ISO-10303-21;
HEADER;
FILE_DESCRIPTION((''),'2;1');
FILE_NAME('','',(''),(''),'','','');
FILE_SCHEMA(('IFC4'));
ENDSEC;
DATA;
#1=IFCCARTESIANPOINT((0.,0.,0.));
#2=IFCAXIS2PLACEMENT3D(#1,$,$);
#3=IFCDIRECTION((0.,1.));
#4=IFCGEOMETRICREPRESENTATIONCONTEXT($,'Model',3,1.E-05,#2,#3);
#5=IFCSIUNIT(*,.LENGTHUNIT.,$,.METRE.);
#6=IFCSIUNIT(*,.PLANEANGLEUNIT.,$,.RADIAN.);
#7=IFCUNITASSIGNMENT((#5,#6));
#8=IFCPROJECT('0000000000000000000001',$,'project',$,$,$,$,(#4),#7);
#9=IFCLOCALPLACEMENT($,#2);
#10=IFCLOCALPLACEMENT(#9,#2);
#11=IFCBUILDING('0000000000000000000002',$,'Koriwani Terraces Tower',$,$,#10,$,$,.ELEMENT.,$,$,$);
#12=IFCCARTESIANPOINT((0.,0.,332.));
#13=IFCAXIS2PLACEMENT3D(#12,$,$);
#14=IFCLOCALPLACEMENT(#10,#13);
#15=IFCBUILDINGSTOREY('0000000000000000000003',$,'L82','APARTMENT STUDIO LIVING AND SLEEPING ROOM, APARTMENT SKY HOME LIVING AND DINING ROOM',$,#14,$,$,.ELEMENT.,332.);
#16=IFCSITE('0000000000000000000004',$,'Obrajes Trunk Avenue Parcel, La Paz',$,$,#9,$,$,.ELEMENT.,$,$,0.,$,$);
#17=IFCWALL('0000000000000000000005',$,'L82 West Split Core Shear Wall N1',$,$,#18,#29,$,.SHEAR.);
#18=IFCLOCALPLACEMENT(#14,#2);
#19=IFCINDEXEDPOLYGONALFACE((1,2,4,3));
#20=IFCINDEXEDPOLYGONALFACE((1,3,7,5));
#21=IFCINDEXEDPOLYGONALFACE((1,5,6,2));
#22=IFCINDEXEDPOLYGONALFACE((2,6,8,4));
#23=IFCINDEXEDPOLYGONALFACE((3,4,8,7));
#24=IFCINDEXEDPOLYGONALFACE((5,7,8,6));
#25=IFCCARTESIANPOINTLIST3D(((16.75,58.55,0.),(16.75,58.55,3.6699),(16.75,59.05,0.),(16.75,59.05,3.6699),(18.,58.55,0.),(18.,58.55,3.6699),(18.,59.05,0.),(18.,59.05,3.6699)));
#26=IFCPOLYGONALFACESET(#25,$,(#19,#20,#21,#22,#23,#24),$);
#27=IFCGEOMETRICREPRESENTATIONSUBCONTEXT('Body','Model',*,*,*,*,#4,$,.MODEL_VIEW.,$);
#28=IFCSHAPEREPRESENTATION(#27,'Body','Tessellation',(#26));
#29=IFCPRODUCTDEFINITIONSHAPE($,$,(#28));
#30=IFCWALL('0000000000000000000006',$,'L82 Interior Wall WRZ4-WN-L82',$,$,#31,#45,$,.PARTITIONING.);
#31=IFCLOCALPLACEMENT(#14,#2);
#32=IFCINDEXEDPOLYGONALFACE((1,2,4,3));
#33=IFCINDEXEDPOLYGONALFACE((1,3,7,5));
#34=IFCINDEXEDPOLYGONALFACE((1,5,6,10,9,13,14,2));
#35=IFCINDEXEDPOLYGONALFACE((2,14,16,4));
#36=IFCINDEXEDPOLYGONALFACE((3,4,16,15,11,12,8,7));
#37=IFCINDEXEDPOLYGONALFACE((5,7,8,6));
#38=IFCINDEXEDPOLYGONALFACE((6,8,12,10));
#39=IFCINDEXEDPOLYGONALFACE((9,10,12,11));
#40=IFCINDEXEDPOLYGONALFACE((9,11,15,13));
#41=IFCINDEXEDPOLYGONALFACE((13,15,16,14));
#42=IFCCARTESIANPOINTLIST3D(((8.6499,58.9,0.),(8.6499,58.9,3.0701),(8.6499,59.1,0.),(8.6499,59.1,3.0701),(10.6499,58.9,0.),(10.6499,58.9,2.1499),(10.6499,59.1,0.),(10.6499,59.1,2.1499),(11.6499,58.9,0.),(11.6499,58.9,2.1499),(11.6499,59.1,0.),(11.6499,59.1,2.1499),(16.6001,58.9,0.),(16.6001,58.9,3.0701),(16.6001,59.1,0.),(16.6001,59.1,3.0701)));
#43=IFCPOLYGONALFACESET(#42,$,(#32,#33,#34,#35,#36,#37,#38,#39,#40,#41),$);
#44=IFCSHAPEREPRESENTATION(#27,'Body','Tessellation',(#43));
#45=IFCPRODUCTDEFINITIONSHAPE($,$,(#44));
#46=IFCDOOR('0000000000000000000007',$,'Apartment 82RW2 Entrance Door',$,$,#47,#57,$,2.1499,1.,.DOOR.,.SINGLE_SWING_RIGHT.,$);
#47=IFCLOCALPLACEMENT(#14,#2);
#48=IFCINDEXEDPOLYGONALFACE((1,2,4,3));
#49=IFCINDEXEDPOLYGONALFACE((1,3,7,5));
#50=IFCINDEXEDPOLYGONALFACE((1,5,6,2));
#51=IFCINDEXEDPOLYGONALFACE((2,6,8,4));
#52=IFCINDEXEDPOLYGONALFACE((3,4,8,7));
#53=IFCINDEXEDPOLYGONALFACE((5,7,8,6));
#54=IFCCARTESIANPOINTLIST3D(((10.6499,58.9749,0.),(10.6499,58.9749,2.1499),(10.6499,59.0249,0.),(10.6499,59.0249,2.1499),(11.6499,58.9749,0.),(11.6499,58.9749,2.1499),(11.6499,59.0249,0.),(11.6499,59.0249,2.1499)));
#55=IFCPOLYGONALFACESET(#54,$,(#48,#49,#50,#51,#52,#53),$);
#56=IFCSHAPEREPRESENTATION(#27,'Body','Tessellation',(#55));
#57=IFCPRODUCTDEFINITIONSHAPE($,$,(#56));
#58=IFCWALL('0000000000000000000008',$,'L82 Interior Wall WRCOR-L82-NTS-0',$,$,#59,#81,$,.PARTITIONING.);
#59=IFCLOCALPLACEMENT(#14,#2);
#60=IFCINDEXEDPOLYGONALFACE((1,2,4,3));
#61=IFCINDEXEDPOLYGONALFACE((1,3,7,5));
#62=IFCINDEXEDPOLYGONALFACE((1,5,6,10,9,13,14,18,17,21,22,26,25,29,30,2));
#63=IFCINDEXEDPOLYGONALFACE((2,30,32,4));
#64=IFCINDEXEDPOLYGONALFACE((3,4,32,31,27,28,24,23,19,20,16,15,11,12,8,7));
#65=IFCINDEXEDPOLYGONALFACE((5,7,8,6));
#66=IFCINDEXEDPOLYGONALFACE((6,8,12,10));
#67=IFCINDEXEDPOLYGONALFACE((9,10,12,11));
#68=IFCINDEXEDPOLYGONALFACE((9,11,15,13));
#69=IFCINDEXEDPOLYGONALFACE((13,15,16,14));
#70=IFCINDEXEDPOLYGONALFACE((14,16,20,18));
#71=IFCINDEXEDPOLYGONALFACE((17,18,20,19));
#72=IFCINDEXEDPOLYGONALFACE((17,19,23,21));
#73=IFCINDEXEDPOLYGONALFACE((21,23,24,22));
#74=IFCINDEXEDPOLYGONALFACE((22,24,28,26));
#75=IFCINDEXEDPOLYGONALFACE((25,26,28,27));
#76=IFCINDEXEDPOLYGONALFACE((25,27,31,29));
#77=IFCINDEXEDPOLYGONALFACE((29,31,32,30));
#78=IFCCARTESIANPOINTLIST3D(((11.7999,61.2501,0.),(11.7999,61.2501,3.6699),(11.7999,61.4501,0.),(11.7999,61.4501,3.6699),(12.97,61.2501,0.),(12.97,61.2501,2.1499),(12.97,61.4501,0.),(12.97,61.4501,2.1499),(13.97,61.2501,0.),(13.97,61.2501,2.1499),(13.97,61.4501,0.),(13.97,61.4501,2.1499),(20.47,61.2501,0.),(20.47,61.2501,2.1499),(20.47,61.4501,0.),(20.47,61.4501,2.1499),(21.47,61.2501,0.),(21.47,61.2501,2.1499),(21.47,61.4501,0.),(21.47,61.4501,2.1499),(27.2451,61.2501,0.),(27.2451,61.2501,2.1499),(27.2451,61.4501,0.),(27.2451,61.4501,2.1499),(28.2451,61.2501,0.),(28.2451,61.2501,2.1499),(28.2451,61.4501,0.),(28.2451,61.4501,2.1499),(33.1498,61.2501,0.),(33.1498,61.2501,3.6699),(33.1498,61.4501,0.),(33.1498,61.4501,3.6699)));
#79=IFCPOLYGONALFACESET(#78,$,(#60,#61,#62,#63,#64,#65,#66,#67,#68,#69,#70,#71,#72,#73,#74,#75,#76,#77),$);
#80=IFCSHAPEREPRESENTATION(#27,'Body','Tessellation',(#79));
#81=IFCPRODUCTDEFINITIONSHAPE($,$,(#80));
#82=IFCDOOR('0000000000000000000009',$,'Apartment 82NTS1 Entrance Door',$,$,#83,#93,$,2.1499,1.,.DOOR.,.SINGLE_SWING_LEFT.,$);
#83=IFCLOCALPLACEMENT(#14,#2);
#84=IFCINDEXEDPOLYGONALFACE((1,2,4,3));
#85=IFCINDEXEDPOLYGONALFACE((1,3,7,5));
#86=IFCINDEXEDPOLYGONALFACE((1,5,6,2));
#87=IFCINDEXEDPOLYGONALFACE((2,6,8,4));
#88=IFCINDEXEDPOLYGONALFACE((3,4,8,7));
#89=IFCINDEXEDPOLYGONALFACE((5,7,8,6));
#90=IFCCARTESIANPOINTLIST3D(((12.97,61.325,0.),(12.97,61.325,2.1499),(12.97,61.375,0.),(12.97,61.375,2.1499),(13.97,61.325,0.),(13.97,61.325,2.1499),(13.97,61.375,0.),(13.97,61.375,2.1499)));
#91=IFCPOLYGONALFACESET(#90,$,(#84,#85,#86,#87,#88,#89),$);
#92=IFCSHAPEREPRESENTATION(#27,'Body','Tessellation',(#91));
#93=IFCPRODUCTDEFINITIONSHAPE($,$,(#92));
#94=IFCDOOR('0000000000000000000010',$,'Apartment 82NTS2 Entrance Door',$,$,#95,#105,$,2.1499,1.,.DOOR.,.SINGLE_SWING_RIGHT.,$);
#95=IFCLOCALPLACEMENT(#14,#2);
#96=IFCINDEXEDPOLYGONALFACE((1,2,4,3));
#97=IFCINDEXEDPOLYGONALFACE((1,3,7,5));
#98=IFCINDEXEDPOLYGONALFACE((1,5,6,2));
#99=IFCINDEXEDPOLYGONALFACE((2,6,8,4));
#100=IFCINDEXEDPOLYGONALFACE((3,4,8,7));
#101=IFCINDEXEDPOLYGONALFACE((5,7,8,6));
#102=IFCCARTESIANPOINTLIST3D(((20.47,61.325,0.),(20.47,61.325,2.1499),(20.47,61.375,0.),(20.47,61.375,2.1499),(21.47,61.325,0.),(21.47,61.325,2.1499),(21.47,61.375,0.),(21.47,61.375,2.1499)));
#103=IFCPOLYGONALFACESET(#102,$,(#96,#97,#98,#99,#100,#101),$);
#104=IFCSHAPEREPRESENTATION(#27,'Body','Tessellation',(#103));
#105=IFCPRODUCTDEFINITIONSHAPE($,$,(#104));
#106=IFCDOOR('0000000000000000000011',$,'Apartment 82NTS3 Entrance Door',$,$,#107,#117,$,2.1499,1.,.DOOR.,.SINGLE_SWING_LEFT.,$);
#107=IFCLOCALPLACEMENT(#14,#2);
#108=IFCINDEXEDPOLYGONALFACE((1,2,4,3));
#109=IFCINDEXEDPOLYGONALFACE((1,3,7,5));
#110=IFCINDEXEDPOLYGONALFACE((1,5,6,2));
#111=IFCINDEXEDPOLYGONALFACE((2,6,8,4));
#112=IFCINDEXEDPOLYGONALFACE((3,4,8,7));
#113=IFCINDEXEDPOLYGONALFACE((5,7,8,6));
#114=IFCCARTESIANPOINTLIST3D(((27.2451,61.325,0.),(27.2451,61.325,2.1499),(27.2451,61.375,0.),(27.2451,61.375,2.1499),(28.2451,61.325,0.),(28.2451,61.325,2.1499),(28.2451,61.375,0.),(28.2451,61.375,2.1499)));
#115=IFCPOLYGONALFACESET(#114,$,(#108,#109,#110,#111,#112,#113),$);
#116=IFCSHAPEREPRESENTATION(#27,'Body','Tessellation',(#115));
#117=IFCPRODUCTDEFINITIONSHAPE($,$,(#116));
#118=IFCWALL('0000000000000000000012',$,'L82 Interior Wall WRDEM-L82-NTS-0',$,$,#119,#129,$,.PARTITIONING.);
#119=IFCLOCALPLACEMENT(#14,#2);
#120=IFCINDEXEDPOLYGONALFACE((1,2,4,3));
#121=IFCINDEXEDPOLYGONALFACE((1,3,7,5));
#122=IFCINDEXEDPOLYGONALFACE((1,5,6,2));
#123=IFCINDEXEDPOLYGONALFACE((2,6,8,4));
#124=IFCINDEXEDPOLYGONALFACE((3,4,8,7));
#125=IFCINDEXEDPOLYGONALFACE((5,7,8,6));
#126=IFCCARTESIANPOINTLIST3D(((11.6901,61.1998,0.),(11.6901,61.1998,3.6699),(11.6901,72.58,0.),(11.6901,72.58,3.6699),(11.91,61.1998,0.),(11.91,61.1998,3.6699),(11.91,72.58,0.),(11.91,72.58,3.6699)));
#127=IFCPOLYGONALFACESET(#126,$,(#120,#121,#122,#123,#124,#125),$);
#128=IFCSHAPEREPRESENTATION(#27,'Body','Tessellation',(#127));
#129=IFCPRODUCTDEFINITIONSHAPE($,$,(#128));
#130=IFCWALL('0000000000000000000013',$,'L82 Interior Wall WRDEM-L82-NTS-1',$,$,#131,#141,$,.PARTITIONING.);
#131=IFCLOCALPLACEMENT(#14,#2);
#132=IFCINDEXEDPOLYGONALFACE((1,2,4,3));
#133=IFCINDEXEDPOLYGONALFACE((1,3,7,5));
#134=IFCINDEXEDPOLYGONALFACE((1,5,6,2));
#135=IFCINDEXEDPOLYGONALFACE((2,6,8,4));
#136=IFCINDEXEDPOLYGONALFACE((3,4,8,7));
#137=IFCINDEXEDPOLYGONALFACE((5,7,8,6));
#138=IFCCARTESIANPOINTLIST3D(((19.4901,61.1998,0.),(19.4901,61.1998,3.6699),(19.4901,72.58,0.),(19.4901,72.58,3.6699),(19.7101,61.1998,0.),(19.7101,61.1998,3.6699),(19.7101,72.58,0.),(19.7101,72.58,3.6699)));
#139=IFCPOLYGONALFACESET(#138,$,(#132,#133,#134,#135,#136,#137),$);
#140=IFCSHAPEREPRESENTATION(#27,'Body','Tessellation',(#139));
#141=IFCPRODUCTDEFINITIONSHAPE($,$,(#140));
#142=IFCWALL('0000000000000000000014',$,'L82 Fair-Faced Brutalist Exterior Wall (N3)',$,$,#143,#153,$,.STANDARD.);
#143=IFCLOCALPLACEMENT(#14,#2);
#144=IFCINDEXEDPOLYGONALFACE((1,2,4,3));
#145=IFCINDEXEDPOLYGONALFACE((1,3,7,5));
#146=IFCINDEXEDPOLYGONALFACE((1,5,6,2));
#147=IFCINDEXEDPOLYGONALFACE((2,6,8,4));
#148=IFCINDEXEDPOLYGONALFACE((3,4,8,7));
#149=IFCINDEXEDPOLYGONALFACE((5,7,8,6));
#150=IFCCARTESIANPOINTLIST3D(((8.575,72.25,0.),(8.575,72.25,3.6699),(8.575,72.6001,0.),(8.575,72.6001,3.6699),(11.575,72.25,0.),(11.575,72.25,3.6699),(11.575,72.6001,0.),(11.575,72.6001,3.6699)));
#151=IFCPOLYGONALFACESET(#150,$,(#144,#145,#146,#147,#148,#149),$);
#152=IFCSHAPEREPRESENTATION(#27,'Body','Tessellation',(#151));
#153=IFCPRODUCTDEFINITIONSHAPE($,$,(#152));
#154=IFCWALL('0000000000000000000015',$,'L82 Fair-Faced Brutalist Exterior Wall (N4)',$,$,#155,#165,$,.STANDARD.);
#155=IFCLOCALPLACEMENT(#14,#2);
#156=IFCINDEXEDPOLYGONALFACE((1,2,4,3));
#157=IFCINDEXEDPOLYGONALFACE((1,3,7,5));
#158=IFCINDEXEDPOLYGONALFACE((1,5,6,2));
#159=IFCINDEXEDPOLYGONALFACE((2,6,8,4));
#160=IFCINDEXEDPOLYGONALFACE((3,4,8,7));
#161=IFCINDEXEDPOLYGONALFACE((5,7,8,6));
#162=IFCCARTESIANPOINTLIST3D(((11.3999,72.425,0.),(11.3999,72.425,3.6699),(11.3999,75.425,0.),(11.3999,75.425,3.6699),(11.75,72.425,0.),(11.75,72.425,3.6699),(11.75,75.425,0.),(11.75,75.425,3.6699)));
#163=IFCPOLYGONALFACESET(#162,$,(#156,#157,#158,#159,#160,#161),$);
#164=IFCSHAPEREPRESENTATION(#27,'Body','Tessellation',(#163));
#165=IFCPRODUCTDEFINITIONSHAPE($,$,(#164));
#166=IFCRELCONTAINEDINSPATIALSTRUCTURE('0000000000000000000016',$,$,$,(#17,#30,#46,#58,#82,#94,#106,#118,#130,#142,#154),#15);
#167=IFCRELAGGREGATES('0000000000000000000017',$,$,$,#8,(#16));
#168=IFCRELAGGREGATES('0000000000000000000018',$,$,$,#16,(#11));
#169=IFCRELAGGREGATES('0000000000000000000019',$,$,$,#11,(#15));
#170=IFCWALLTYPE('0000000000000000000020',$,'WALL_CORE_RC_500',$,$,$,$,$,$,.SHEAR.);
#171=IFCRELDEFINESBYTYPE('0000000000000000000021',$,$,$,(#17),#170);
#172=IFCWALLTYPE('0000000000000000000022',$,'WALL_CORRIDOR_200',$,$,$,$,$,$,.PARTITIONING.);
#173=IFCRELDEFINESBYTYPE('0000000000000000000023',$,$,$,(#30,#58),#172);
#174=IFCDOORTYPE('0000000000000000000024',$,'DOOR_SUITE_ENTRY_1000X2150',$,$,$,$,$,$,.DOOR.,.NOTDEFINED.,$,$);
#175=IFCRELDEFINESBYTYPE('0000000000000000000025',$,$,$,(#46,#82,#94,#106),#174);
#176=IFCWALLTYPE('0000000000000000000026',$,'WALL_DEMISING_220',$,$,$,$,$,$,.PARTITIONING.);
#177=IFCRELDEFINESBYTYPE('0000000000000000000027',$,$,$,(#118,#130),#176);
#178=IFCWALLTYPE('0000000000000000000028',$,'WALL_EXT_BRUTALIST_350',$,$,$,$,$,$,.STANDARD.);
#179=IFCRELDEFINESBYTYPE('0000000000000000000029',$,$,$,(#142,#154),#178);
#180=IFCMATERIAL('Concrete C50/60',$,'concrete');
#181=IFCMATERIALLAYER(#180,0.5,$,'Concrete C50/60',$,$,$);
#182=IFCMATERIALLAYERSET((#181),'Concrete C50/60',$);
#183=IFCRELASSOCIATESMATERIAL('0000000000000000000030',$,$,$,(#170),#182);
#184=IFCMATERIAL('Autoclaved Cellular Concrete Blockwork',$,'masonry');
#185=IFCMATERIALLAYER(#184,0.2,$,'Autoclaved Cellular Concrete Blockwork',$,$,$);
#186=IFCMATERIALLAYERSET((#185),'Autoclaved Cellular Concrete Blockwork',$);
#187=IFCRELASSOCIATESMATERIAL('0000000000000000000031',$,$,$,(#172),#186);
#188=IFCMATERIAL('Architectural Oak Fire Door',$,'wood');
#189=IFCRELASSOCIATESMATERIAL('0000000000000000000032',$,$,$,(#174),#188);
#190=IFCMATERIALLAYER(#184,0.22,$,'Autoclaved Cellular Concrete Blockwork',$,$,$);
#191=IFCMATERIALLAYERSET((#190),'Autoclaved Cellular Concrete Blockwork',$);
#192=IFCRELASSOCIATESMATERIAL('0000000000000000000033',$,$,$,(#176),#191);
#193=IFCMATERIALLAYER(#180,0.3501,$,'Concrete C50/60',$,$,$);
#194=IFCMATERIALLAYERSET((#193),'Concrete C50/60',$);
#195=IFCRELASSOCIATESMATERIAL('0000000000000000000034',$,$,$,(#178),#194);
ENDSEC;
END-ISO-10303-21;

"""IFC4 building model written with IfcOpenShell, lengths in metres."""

from ifc_helpers import new_model, si_unit, direction, frame, frame_2d, origin, place, context, subcontext, project, spatial, rectangle, extrude, material, layer, layer_set, type_object, element, fill, save


model = new_model("IFC4")

# Units and contexts
model_context = context("Model", 3, precision=1e-05, world=origin(), true_north=direction((0.0, 1.0)))
body_context = subcontext(model_context, "Body", "Model", "MODEL_VIEW")
ifc_project = project(units=[si_unit("LENGTHUNIT", "METRE"), si_unit("PLANEANGLEUNIT", "RADIAN")], contexts=[model_context])

# Site, building, storey
site_placement = place(None, origin())
site = spatial("IfcSite", under=ifc_project, at=site_placement, Name="Obrajes Trunk Avenue Parcel, La Paz", CompositionType="ELEMENT", RefElevation=0.0)
building_placement = place(site_placement, origin())
building = spatial("IfcBuilding", under=site, at=building_placement, Name="Koriwani Terraces Tower", CompositionType="ELEMENT")
storey_placement = place(building_placement, frame((0.0, 0.0, 332.0)))
storey = spatial("IfcBuildingStorey", under=building, at=storey_placement, Name="L82", Description="APARTMENT STUDIO LIVING AND SLEEPING ROOM, APARTMENT SKY HOME LIVING AND DINING ROOM", CompositionType="ELEMENT", Elevation=332.0)

# Shared definitions
ifc_material_1 = material(Name="Concrete C50/60", Category="concrete")

# Wall
ifc_layer_1 = layer(ifc_material_1, 0.5, Name="Concrete C50/60")
ifc_layer_set_1 = layer_set([ifc_layer_1], Name="Concrete C50/60")
wall_type_1 = type_object("IfcWallType", Name="WALL_CORE_RC_500", PredefinedType="SHEAR", material=ifc_layer_set_1)
wall_1_placement = place(storey_placement, frame((16.75, 58.8, 0.0), z_axis=(0.0, 0.0, 1.0), x_axis=(1.0, 0.0, 0.0)))
element("IfcWall", 1, at=wall_1_placement, inside=storey, type_object=wall_type_1, Name="L82 West Split Core Shear Wall N1", PredefinedType="SHEAR", context=body_context, shape_type="SweptSolid", body=[
    extrude(rectangle(XDim=1.25, YDim=0.5, at=frame_2d((0.625, 0.0))), origin(), (0.0, 0.0, 1.0), 3.6699),
])

# Wall, opening, door
ifc_material_2 = material(Name="Autoclaved Cellular Concrete Blockwork", Category="masonry")
ifc_layer_2 = layer(ifc_material_2, 0.2, Name="Autoclaved Cellular Concrete Blockwork")
ifc_layer_set_2 = layer_set([ifc_layer_2], Name="Autoclaved Cellular Concrete Blockwork")
wall_type_2 = type_object("IfcWallType", Name="WALL_CORRIDOR_200", PredefinedType="PARTITIONING", material=ifc_layer_set_2)
wall_2_placement = place(storey_placement, frame((8.6499, 59.0, 0.0), z_axis=(0.0, 0.0, 1.0), x_axis=(1.0, 0.0, 0.0)))
wall_2 = element("IfcWall", 2, at=wall_2_placement, inside=storey, type_object=wall_type_2, Name="L82 Interior Wall WRZ4-WN-L82", PredefinedType="PARTITIONING", context=body_context, shape_type="SweptSolid", body=[
    extrude(rectangle(XDim=7.9502, YDim=0.2, at=frame_2d((3.9751, 0.0))), origin(), (0.0, 0.0, 1.0), 3.0701),
])
opening_1_placement = place(wall_2_placement, frame((2.0, 0.0, 0.0)))
opening_1 = element("IfcOpeningElement", 3, at=opening_1_placement, cuts=wall_2, PredefinedType="OPENING", context=body_context, shape_type="SweptSolid", body=[
    extrude(rectangle(XDim=1.0, YDim=2.1499, at=frame_2d((0.5, 1.075))), frame((0.0, 0.1099, 0.0), z_axis=(0.0, -1.0, 0.0), x_axis=(1.0, 0.0, 0.0)), (0.0, 0.0, 1.0), 0.22),
])
ifc_material_3 = material(Name="Architectural Oak Fire Door", Category="wood")
door_type_1 = type_object("IfcDoorType", Name="DOOR_SUITE_ENTRY_1000X2150", OperationType="NOTDEFINED", PredefinedType="DOOR", material=ifc_material_3)
door_1_placement = place(opening_1_placement, origin())
door_1 = element("IfcDoor", 4, at=door_1_placement, inside=storey, type_object=door_type_1, Name="Apartment 82RW2 Entrance Door", OperationType="SINGLE_SWING_RIGHT", OverallHeight=2.1499, OverallWidth=1.0, PredefinedType="DOOR", context=body_context, shape_type="SweptSolid", body=[
    extrude(rectangle(XDim=1.0, YDim=2.1499, at=frame_2d((0.5, 1.075))), frame((0.0, 0.0249, 0.0), z_axis=(0.0, -1.0, 0.0), x_axis=(1.0, 0.0, 0.0)), (0.0, 0.0, 1.0), 0.05),
])
fill(opening_1, door_1)

# Wall, openings, doors
wall_3_placement = place(storey_placement, frame((11.8, 61.3501, 0.0), z_axis=(0.0, 0.0, 1.0), x_axis=(1.0, 0.0, 0.0)))
wall_3 = element("IfcWall", 5, at=wall_3_placement, inside=storey, type_object=wall_type_2, Name="L82 Interior Wall WRCOR-L82-NTS-0", PredefinedType="PARTITIONING", context=body_context, shape_type="SweptSolid", body=[
    extrude(rectangle(XDim=21.3499, YDim=0.2, at=frame_2d((10.6748, 0.0))), origin(), (0.0, 0.0, 1.0), 3.6699),
])
opening_2_placement = place(wall_3_placement, frame((1.1699, 0.0, 0.0)))
opening_2 = element("IfcOpeningElement", 6, at=opening_2_placement, cuts=wall_3, PredefinedType="OPENING", context=body_context, shape_type="SweptSolid", body=[
    extrude(rectangle(XDim=1.0, YDim=2.1499, at=frame_2d((0.5, 1.075))), frame((0.0, 0.1099, 0.0), z_axis=(0.0, -1.0, 0.0), x_axis=(1.0, 0.0, 0.0)), (0.0, 0.0, 1.0), 0.22),
])
opening_3_placement = place(wall_3_placement, frame((8.6699, 0.0, 0.0)))
opening_3 = element("IfcOpeningElement", 7, at=opening_3_placement, cuts=wall_3, PredefinedType="OPENING", context=body_context, shape_type="SweptSolid", body=[
    extrude(rectangle(XDim=1.0, YDim=2.1499, at=frame_2d((0.5, 1.075))), frame((0.0, 0.1099, 0.0), z_axis=(0.0, -1.0, 0.0), x_axis=(1.0, 0.0, 0.0)), (0.0, 0.0, 1.0), 0.22),
])
opening_4_placement = place(wall_3_placement, frame((15.4451, 0.0, 0.0)))
opening_4 = element("IfcOpeningElement", 8, at=opening_4_placement, cuts=wall_3, PredefinedType="OPENING", context=body_context, shape_type="SweptSolid", body=[
    extrude(rectangle(XDim=1.0, YDim=2.1499, at=frame_2d((0.5, 1.075))), frame((0.0, 0.1099, 0.0), z_axis=(0.0, -1.0, 0.0), x_axis=(1.0, 0.0, 0.0)), (0.0, 0.0, 1.0), 0.22),
])
door_2_placement = place(opening_2_placement, origin())
door_2 = element("IfcDoor", 9, at=door_2_placement, inside=storey, type_object=door_type_1, Name="Apartment 82NTS1 Entrance Door", OperationType="SINGLE_SWING_LEFT", OverallHeight=2.1499, OverallWidth=1.0, PredefinedType="DOOR", context=body_context, shape_type="SweptSolid", body=[
    extrude(rectangle(XDim=1.0, YDim=2.1499, at=frame_2d((0.5, 1.075))), frame((0.0, 0.0249, 0.0), z_axis=(0.0, -1.0, 0.0), x_axis=(1.0, 0.0, 0.0)), (0.0, 0.0, 1.0), 0.05),
])
fill(opening_2, door_2)
door_3_placement = place(opening_3_placement, origin())
door_3 = element("IfcDoor", 10, at=door_3_placement, inside=storey, type_object=door_type_1, Name="Apartment 82NTS2 Entrance Door", OperationType="SINGLE_SWING_RIGHT", OverallHeight=2.1499, OverallWidth=1.0, PredefinedType="DOOR", context=body_context, shape_type="SweptSolid", body=[
    extrude(rectangle(XDim=1.0, YDim=2.1499, at=frame_2d((0.5, 1.075))), frame((0.0, 0.0249, 0.0), z_axis=(0.0, -1.0, 0.0), x_axis=(1.0, 0.0, 0.0)), (0.0, 0.0, 1.0), 0.05),
])
fill(opening_3, door_3)
door_4_placement = place(opening_4_placement, origin())
door_4 = element("IfcDoor", 11, at=door_4_placement, inside=storey, type_object=door_type_1, Name="Apartment 82NTS3 Entrance Door", OperationType="SINGLE_SWING_LEFT", OverallHeight=2.1499, OverallWidth=1.0, PredefinedType="DOOR", context=body_context, shape_type="SweptSolid", body=[
    extrude(rectangle(XDim=1.0, YDim=2.1499, at=frame_2d((0.5, 1.075))), frame((0.0, 0.0249, 0.0), z_axis=(0.0, -1.0, 0.0), x_axis=(1.0, 0.0, 0.0)), (0.0, 0.0, 1.0), 0.05),
])
fill(opening_4, door_4)

# Walls
ifc_layer_3 = layer(ifc_material_2, 0.22, Name="Autoclaved Cellular Concrete Blockwork")
ifc_layer_set_3 = layer_set([ifc_layer_3], Name="Autoclaved Cellular Concrete Blockwork")
wall_type_3 = type_object("IfcWallType", Name="WALL_DEMISING_220", PredefinedType="PARTITIONING", material=ifc_layer_set_3)
for number, where, z_axis, x_axis, name in (
    (12, (11.8, 61.2, 0.0), (0.0, 0.0, 1.0), (0.0, 1.0, 0.0), "L82 Interior Wall WRDEM-L82-NTS-0"),
    (13, (19.6001, 61.2, 0.0), (0.0, 0.0, 1.0), (0.0, 1.0, 0.0), "L82 Interior Wall WRDEM-L82-NTS-1"),
):
    element("IfcWall", number, at=place(storey_placement, frame(where, z_axis=z_axis, x_axis=x_axis)), inside=storey, type_object=wall_type_3, Name=name, PredefinedType="PARTITIONING", context=body_context, shape_type="SweptSolid", body=[
        extrude(rectangle(XDim=11.3801, YDim=0.22, at=frame_2d((5.6899, 0.0))), origin(), (0.0, 0.0, 1.0), 3.6699),
    ])
ifc_layer_4 = layer(ifc_material_1, 0.3501, Name="Concrete C50/60")
ifc_layer_set_4 = layer_set([ifc_layer_4], Name="Concrete C50/60")
wall_type_4 = type_object("IfcWallType", Name="WALL_EXT_BRUTALIST_350", PredefinedType="STANDARD", material=ifc_layer_set_4)
for number, where, z_axis, x_axis, name in (
    (14, (8.575, 72.425, 0.0), (0.0, 0.0, 1.0), (1.0, 0.0, 0.0), "L82 Fair-Faced Brutalist Exterior Wall (N3)"),
    (15, (11.575, 72.425, 0.0), (0.0, 0.0, 1.0), (0.0, 1.0, 0.0), "L82 Fair-Faced Brutalist Exterior Wall (N4)"),
):
    element("IfcWall", number, at=place(storey_placement, frame(where, z_axis=z_axis, x_axis=x_axis)), inside=storey, type_object=wall_type_4, Name=name, PredefinedType="STANDARD", context=body_context, shape_type="SweptSolid", body=[
        extrude(rectangle(XDim=3.0, YDim=0.3501, at=frame_2d((1.5, 0.0))), origin(), (0.0, 0.0, 1.0), 3.6699),
    ])

save(model, "model.ifc")
